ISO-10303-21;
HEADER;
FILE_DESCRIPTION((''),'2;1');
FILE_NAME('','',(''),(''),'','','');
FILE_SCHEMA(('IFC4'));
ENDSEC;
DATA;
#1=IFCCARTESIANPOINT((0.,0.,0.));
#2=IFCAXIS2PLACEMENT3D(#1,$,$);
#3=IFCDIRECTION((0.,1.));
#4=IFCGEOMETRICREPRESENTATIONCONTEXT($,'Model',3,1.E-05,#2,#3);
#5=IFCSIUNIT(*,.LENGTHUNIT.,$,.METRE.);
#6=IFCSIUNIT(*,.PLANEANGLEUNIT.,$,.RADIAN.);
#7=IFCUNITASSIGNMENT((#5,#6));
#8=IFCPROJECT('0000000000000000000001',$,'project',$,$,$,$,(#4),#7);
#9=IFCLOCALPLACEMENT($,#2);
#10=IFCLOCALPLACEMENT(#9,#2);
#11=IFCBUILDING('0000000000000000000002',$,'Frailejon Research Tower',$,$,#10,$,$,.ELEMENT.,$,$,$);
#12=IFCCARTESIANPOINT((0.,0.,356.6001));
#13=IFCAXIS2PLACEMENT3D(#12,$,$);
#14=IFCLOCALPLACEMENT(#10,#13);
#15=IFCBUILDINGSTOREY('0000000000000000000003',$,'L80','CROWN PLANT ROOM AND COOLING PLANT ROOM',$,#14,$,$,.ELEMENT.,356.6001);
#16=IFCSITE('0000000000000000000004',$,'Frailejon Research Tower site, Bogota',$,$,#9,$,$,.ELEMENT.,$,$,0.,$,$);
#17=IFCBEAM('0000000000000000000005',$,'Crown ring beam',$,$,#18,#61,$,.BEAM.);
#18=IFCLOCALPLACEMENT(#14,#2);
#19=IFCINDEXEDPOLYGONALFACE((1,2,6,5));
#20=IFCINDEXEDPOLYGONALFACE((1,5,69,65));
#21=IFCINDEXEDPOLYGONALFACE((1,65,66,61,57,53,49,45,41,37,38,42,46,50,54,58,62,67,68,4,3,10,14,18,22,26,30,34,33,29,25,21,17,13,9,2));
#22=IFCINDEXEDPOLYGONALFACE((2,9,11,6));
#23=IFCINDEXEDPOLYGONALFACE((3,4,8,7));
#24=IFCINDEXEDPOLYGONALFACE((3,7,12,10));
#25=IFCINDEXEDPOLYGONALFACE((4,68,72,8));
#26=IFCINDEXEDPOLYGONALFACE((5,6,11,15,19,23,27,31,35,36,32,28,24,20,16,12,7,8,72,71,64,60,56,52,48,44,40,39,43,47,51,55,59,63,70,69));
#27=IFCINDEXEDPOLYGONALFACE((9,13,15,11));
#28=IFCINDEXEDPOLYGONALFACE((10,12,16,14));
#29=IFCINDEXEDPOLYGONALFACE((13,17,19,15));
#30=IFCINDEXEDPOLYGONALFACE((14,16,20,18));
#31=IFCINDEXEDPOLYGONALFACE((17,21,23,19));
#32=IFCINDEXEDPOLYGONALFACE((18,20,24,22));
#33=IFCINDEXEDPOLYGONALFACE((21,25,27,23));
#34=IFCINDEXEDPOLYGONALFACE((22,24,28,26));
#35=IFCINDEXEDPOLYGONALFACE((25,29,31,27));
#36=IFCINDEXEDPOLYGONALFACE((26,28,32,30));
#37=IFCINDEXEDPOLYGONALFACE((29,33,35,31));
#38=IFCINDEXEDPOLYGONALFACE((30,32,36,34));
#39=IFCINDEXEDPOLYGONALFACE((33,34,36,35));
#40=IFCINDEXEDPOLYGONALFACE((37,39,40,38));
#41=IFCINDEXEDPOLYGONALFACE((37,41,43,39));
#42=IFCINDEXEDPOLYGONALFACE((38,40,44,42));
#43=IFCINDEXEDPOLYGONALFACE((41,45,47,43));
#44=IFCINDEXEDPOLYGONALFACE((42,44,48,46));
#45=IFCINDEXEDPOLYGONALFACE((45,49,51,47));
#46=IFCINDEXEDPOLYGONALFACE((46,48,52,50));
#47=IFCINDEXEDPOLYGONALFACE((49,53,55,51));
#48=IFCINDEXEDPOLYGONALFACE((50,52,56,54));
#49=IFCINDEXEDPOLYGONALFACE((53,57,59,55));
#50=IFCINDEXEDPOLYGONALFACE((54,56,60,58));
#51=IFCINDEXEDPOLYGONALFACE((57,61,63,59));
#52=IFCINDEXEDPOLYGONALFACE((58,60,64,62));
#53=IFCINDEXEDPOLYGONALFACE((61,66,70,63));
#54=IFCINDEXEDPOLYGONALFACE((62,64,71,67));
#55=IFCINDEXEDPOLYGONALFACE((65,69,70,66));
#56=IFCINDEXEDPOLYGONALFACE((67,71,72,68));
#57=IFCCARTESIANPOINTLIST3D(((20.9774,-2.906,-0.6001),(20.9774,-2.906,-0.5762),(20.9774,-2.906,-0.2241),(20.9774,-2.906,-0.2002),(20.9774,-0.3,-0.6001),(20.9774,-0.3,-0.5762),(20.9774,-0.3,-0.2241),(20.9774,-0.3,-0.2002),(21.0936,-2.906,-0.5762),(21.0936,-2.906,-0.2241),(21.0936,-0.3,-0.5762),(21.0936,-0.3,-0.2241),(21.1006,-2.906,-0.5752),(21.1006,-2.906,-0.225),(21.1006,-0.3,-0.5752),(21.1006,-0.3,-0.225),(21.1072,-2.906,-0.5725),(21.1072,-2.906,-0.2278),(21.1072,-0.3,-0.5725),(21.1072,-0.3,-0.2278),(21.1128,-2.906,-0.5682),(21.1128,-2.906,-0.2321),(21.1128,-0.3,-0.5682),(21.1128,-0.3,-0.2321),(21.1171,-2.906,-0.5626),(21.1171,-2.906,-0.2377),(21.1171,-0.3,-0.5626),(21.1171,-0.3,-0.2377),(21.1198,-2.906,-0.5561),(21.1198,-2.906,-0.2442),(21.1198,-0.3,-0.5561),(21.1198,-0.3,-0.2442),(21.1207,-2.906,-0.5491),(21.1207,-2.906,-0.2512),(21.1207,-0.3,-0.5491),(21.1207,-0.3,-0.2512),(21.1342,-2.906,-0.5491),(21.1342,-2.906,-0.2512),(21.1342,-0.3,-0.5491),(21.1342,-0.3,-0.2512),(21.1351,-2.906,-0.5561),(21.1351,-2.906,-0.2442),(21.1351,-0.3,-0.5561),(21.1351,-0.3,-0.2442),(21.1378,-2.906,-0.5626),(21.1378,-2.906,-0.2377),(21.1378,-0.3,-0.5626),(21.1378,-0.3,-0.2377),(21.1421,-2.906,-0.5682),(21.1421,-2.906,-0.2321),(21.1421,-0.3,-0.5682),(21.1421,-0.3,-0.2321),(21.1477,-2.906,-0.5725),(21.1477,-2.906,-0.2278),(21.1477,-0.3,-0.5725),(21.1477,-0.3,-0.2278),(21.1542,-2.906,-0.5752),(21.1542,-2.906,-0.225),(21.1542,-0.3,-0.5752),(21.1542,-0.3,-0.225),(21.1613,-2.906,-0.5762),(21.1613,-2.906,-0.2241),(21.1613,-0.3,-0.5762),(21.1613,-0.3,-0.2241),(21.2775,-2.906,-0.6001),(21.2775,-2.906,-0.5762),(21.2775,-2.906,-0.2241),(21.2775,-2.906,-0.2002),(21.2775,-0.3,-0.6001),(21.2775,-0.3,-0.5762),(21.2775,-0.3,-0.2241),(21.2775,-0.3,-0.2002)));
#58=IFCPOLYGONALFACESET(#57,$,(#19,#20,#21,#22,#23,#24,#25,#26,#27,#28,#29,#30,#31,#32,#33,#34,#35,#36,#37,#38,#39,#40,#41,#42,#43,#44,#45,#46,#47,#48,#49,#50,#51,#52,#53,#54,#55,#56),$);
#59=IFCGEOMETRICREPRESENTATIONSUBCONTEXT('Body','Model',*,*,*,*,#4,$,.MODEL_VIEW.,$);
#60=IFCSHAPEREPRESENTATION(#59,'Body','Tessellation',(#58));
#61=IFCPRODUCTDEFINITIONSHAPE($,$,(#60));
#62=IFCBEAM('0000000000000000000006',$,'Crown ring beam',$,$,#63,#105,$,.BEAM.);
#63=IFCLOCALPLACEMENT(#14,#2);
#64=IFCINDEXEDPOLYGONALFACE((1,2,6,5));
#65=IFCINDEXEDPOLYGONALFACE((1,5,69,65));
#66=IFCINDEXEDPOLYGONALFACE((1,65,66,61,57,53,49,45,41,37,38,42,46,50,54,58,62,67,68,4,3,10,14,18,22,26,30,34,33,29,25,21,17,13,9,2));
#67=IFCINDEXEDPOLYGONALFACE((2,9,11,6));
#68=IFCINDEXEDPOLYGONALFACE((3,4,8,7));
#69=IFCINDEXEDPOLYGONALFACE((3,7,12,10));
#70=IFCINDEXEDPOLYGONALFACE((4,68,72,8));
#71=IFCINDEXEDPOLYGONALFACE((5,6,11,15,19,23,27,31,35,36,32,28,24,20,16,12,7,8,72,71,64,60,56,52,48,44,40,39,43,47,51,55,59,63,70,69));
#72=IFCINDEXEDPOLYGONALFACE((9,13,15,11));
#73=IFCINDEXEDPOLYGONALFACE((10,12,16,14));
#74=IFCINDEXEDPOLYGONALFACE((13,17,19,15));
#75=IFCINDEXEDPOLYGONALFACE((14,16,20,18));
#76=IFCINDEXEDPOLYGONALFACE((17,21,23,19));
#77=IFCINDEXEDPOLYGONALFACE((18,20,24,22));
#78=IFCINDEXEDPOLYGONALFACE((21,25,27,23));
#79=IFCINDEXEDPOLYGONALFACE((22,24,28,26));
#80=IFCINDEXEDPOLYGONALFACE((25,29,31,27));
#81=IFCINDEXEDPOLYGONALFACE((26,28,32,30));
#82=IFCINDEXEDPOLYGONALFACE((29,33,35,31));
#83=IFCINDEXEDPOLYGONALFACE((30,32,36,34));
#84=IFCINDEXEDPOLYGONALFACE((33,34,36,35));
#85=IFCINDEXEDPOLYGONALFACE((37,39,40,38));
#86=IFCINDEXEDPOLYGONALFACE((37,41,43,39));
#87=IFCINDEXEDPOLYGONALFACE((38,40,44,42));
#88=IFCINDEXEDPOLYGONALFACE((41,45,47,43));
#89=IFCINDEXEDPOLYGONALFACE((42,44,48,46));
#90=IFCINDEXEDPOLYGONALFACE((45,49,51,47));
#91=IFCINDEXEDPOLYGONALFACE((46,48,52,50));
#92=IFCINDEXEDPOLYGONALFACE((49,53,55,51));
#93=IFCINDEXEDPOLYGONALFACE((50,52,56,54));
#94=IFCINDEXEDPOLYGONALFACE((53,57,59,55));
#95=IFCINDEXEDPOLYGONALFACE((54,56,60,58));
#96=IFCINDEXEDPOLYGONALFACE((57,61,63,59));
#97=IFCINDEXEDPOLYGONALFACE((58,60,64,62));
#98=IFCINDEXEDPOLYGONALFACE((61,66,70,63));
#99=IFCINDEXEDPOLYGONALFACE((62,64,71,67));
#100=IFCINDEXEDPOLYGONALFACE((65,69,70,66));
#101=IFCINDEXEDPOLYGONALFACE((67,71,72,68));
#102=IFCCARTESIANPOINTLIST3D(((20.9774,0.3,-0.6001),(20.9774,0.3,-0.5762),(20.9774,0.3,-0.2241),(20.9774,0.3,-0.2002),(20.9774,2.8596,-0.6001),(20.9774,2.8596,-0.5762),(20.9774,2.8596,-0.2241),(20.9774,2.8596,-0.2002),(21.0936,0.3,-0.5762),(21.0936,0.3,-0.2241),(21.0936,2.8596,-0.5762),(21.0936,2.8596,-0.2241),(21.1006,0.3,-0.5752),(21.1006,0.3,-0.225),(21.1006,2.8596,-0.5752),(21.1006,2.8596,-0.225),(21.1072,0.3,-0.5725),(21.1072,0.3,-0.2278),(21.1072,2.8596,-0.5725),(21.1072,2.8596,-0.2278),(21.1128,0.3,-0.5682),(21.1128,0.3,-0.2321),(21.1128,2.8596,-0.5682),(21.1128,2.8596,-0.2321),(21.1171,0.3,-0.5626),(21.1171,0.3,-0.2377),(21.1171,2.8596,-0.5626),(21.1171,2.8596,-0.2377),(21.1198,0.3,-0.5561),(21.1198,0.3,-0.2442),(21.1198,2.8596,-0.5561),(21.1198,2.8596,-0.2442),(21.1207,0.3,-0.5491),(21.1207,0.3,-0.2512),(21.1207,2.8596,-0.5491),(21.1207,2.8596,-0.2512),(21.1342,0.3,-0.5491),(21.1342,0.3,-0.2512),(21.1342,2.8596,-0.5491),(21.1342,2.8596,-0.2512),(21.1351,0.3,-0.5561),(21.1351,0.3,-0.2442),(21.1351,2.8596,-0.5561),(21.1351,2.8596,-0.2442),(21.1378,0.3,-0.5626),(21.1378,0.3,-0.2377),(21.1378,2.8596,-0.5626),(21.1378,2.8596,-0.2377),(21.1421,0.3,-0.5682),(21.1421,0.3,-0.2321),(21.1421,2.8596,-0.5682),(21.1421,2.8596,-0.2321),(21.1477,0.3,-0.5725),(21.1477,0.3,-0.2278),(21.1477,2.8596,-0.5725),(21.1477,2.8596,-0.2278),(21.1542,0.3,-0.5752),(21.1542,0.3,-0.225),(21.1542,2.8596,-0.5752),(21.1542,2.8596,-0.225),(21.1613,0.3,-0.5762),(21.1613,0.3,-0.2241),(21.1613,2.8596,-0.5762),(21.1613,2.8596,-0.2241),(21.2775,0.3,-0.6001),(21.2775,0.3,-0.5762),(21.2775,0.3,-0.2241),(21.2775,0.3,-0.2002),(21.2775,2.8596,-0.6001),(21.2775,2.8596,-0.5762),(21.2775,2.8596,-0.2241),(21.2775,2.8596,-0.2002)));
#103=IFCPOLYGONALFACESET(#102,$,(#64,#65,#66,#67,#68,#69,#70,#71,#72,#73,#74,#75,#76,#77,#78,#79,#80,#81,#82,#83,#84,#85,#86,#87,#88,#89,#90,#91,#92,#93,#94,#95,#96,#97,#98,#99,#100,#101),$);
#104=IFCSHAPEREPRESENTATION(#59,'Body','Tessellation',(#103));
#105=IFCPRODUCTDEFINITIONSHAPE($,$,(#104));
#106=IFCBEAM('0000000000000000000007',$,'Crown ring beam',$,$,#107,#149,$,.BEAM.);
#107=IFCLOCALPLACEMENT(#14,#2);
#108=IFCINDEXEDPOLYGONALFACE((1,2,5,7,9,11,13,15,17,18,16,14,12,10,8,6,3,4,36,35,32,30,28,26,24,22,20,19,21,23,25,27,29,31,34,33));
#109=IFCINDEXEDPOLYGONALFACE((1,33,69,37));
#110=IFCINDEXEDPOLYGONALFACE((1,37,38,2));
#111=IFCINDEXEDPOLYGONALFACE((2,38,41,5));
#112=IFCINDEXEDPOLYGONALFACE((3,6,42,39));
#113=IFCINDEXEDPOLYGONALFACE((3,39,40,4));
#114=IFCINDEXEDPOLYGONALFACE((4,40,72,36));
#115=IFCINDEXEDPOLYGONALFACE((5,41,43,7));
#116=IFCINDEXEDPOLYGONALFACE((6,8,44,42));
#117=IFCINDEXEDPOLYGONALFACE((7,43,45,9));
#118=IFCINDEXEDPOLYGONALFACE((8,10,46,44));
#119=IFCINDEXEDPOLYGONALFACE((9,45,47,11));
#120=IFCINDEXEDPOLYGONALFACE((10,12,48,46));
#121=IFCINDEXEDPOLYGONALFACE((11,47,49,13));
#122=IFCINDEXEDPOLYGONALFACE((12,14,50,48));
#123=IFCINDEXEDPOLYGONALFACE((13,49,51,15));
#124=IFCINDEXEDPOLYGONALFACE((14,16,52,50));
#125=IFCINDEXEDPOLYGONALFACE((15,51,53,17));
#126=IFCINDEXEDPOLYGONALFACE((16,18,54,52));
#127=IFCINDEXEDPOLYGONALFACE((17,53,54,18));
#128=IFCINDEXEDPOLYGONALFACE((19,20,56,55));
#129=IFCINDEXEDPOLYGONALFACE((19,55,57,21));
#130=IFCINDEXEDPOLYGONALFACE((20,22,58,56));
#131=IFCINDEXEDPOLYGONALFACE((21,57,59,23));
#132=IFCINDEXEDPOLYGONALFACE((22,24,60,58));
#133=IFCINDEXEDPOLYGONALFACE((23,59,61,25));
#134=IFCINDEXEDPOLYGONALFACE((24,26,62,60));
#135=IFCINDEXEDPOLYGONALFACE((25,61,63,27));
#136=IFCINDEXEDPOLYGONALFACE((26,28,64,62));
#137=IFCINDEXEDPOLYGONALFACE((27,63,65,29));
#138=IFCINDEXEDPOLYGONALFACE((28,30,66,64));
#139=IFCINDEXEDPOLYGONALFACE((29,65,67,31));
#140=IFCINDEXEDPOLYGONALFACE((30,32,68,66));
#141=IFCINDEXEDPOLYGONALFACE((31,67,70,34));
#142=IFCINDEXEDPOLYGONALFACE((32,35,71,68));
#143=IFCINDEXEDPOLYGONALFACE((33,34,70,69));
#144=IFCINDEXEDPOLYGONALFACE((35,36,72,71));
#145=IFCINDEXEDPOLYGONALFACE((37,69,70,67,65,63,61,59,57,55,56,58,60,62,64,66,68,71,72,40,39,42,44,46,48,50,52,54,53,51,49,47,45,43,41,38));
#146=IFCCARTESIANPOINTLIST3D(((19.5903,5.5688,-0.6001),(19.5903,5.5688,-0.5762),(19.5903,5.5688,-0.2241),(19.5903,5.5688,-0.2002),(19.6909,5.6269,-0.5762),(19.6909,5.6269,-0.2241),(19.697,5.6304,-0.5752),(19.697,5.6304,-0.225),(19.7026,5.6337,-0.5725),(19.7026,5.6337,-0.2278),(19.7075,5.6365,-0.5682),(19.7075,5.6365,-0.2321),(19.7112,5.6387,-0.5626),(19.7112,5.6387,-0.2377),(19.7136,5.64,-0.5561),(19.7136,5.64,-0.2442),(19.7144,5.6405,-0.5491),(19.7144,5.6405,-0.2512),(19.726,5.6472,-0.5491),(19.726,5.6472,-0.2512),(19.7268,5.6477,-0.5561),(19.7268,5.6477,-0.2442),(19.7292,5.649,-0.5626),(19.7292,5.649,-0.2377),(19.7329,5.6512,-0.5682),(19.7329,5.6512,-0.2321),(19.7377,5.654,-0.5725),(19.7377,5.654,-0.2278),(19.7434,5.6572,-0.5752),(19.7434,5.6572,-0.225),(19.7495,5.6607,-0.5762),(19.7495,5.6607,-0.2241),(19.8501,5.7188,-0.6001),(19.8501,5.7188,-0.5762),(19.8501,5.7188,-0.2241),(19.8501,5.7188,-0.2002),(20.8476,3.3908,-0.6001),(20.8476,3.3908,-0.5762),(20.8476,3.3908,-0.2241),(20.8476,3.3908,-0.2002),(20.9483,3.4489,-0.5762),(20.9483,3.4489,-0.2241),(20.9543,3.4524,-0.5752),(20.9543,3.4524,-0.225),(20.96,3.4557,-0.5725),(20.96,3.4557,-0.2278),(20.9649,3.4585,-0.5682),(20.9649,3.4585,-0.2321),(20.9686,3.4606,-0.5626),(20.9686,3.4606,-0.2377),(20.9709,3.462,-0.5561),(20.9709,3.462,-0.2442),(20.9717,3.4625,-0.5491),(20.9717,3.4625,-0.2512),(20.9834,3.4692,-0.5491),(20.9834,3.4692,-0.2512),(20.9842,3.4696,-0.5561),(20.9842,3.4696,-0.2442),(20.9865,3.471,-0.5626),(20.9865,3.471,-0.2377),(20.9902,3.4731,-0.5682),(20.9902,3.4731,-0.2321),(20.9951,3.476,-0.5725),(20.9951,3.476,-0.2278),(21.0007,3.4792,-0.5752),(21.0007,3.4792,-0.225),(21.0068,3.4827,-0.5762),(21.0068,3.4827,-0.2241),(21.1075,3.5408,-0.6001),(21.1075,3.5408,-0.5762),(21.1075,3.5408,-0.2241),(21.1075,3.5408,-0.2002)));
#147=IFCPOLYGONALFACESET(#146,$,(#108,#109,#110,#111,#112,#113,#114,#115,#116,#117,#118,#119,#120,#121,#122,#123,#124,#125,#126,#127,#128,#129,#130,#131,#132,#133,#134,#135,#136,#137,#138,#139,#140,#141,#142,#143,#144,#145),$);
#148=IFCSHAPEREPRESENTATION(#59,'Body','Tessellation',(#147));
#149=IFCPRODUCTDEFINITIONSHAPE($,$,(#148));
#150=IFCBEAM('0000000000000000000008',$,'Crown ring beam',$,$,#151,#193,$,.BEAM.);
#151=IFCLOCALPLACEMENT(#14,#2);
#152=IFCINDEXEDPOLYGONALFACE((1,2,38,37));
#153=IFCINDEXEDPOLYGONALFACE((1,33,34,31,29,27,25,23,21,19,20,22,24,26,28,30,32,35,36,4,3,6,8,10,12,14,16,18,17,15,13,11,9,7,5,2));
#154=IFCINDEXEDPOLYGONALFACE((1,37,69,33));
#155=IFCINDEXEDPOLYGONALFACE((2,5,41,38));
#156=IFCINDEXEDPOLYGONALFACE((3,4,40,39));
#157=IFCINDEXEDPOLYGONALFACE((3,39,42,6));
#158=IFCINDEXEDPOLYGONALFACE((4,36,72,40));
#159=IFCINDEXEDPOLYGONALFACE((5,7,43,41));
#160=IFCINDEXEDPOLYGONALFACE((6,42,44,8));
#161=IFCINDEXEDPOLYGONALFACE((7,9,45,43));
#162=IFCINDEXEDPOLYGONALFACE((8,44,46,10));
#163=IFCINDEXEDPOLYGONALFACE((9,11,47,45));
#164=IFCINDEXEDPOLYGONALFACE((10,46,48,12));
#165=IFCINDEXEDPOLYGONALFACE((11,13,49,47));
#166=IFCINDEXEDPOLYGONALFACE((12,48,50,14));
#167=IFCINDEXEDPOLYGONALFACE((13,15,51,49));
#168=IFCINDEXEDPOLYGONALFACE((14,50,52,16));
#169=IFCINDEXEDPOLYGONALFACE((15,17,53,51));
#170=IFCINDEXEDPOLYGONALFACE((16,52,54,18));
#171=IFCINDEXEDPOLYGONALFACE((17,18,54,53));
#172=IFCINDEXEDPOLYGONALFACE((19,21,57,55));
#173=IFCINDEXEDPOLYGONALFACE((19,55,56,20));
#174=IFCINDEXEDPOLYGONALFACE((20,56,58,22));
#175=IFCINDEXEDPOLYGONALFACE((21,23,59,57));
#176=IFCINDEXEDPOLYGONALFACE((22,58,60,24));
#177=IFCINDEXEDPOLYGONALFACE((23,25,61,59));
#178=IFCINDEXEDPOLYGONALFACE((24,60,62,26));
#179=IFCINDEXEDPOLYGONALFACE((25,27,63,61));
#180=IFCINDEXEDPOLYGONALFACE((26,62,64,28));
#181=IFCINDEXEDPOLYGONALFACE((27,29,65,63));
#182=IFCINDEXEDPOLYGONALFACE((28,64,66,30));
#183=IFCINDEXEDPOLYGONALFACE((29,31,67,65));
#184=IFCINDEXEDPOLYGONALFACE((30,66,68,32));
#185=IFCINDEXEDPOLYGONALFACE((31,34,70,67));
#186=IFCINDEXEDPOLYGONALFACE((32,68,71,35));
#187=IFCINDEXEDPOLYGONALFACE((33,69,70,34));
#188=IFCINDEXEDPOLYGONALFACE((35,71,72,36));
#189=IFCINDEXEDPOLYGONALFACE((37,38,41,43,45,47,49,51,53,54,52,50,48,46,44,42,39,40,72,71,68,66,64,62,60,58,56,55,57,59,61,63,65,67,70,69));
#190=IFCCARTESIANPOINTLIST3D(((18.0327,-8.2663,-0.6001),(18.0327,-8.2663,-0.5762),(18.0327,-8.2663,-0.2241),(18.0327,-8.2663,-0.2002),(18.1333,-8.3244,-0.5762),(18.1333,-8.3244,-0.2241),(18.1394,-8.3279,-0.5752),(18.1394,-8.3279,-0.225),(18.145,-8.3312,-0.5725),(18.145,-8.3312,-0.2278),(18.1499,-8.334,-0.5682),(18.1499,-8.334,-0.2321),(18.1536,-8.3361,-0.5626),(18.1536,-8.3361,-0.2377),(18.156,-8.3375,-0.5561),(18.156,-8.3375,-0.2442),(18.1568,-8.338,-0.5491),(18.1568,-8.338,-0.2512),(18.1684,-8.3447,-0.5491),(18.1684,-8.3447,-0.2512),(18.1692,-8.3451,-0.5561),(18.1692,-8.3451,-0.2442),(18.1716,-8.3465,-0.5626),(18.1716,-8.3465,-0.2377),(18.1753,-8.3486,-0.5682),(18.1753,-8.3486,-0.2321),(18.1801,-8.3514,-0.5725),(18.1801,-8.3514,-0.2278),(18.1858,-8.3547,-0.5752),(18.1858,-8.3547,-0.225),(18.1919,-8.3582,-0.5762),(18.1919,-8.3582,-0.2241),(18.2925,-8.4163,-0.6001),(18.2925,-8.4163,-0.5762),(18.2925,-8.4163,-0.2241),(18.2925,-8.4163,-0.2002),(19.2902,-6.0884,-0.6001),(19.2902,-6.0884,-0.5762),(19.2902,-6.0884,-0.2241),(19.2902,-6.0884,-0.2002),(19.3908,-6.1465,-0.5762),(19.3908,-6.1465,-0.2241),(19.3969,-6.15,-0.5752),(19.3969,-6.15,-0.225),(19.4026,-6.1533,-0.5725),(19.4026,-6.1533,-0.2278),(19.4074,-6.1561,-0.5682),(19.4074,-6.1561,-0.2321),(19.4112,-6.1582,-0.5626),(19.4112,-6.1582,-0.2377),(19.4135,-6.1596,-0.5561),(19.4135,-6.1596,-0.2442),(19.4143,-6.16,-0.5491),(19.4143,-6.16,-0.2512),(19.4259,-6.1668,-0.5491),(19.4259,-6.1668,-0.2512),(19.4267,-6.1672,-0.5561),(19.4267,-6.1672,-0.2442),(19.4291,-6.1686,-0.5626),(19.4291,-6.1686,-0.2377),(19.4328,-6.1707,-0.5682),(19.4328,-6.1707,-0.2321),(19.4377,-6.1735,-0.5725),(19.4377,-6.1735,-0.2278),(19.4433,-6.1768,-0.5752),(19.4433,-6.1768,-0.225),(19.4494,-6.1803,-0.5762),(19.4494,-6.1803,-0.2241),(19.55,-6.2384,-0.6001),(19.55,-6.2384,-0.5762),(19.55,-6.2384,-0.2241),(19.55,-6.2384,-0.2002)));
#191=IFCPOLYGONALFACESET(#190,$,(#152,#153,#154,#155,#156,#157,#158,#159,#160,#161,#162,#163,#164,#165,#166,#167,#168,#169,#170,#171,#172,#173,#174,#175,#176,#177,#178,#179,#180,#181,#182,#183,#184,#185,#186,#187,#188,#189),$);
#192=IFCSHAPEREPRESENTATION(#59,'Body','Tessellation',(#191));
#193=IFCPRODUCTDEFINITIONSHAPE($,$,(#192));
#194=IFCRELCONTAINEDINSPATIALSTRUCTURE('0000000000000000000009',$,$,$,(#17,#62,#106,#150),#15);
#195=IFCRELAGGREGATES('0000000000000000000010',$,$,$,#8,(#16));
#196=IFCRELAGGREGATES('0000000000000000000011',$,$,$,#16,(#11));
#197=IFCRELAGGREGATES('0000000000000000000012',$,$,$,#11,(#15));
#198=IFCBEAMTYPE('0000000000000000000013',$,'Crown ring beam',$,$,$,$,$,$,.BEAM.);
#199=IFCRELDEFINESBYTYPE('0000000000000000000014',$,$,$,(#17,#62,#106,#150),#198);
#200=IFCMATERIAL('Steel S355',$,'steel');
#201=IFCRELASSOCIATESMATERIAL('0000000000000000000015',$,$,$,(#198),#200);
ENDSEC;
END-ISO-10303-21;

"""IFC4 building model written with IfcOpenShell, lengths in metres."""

from ifc_helpers import new_model, si_unit, direction, frame, origin, origin_2d, place, context, subcontext, project, spatial, i_section, extrude, material, material_profile, profile_set, type_object, element, save


model = new_model("IFC4")

# Units and contexts
model_context = context("Model", 3, precision=1e-05, world=origin(), true_north=direction((0.0, 1.0)))
body_context = subcontext(model_context, "Body", "Model", "MODEL_VIEW")
ifc_project = project(units=[si_unit("LENGTHUNIT", "METRE"), si_unit("PLANEANGLEUNIT", "RADIAN")], contexts=[model_context])

# Site, building, storey
site_placement = place(None, origin())
site = spatial("IfcSite", under=ifc_project, at=site_placement, Name="Frailejon Research Tower site, Bogota", CompositionType="ELEMENT", RefElevation=0.0)
building_placement = place(site_placement, origin())
building = spatial("IfcBuilding", under=site, at=building_placement, Name="Frailejon Research Tower", CompositionType="ELEMENT")
storey_placement = place(building_placement, frame((0.0, 0.0, 356.6001)))
storey = spatial("IfcBuildingStorey", under=building, at=storey_placement, Name="L80", Description="CROWN PLANT ROOM AND COOLING PLANT ROOM", CompositionType="ELEMENT", Elevation=356.6001)

# Beams
ifc_material_1 = material(Name="Steel S355", Category="steel")
ifc_material_profile_1 = material_profile(ifc_material_1, i_section(OverallWidth=0.3, OverallDepth=0.3999, WebThickness=0.0134, FlangeThickness=0.0239, FilletRadius=0.0271, at=origin_2d()), Name="HE 400 B")
ifc_profile_set_1 = profile_set([ifc_material_profile_1], Name="Steel S355")
beam_type_1 = type_object("IfcBeamType", Name="Crown ring beam", PredefinedType="BEAM", material=ifc_profile_set_1)
beam_1_placement = place(storey_placement, frame((21.1274, -2.906, -0.4001), z_axis=(0.0, 1.0, 0.0), x_axis=(-1.0, 0.0, 0.0)))
element("IfcBeam", 1, at=beam_1_placement, inside=storey, type_object=beam_type_1, Name="Crown ring beam", PredefinedType="BEAM", context=body_context, shape_type="SweptSolid", body=[
    extrude(i_section(OverallWidth=0.3, OverallDepth=0.3999, WebThickness=0.0134, FlangeThickness=0.0239, FilletRadius=0.0271, at=origin_2d()), origin(), (0.0, 0.0, 1.0), 2.606),
])
beam_2_placement = place(storey_placement, frame((21.1274, 0.3, -0.4001), z_axis=(0.0, 1.0, 0.0), x_axis=(-1.0, 0.0, 0.0)))
element("IfcBeam", 2, at=beam_2_placement, inside=storey, type_object=beam_type_1, Name="Crown ring beam", PredefinedType="BEAM", context=body_context, shape_type="SweptSolid", body=[
    extrude(i_section(OverallWidth=0.3, OverallDepth=0.3999, WebThickness=0.0134, FlangeThickness=0.0239, FilletRadius=0.0271, at=origin_2d()), origin(), (0.0, 0.0, 1.0), 2.5596),
])
for number, where, z_axis, x_axis, name in (
    (3, (20.9775, 3.4658, -0.4001), (-0.499961, 0.866048, 0.0), (-0.866048, -0.499961, 0.0), "Crown ring beam"),
    (4, (18.1626, -8.3413, -0.4001), (0.500033, 0.866006, 0.0), (-0.866006, 0.500033, 0.0), "Crown ring beam"),
):
    element("IfcBeam", number, at=place(storey_placement, frame(where, z_axis=z_axis, x_axis=x_axis)), inside=storey, type_object=beam_type_1, Name=name, PredefinedType="BEAM", context=body_context, shape_type="SweptSolid", body=[
        extrude(i_section(OverallWidth=0.3, OverallDepth=0.3999, WebThickness=0.0134, FlangeThickness=0.0239, FilletRadius=0.0271, at=origin_2d()), origin(), (0.0, 0.0, 1.0), 2.5149),
    ])

save(model, "model.ifc")
